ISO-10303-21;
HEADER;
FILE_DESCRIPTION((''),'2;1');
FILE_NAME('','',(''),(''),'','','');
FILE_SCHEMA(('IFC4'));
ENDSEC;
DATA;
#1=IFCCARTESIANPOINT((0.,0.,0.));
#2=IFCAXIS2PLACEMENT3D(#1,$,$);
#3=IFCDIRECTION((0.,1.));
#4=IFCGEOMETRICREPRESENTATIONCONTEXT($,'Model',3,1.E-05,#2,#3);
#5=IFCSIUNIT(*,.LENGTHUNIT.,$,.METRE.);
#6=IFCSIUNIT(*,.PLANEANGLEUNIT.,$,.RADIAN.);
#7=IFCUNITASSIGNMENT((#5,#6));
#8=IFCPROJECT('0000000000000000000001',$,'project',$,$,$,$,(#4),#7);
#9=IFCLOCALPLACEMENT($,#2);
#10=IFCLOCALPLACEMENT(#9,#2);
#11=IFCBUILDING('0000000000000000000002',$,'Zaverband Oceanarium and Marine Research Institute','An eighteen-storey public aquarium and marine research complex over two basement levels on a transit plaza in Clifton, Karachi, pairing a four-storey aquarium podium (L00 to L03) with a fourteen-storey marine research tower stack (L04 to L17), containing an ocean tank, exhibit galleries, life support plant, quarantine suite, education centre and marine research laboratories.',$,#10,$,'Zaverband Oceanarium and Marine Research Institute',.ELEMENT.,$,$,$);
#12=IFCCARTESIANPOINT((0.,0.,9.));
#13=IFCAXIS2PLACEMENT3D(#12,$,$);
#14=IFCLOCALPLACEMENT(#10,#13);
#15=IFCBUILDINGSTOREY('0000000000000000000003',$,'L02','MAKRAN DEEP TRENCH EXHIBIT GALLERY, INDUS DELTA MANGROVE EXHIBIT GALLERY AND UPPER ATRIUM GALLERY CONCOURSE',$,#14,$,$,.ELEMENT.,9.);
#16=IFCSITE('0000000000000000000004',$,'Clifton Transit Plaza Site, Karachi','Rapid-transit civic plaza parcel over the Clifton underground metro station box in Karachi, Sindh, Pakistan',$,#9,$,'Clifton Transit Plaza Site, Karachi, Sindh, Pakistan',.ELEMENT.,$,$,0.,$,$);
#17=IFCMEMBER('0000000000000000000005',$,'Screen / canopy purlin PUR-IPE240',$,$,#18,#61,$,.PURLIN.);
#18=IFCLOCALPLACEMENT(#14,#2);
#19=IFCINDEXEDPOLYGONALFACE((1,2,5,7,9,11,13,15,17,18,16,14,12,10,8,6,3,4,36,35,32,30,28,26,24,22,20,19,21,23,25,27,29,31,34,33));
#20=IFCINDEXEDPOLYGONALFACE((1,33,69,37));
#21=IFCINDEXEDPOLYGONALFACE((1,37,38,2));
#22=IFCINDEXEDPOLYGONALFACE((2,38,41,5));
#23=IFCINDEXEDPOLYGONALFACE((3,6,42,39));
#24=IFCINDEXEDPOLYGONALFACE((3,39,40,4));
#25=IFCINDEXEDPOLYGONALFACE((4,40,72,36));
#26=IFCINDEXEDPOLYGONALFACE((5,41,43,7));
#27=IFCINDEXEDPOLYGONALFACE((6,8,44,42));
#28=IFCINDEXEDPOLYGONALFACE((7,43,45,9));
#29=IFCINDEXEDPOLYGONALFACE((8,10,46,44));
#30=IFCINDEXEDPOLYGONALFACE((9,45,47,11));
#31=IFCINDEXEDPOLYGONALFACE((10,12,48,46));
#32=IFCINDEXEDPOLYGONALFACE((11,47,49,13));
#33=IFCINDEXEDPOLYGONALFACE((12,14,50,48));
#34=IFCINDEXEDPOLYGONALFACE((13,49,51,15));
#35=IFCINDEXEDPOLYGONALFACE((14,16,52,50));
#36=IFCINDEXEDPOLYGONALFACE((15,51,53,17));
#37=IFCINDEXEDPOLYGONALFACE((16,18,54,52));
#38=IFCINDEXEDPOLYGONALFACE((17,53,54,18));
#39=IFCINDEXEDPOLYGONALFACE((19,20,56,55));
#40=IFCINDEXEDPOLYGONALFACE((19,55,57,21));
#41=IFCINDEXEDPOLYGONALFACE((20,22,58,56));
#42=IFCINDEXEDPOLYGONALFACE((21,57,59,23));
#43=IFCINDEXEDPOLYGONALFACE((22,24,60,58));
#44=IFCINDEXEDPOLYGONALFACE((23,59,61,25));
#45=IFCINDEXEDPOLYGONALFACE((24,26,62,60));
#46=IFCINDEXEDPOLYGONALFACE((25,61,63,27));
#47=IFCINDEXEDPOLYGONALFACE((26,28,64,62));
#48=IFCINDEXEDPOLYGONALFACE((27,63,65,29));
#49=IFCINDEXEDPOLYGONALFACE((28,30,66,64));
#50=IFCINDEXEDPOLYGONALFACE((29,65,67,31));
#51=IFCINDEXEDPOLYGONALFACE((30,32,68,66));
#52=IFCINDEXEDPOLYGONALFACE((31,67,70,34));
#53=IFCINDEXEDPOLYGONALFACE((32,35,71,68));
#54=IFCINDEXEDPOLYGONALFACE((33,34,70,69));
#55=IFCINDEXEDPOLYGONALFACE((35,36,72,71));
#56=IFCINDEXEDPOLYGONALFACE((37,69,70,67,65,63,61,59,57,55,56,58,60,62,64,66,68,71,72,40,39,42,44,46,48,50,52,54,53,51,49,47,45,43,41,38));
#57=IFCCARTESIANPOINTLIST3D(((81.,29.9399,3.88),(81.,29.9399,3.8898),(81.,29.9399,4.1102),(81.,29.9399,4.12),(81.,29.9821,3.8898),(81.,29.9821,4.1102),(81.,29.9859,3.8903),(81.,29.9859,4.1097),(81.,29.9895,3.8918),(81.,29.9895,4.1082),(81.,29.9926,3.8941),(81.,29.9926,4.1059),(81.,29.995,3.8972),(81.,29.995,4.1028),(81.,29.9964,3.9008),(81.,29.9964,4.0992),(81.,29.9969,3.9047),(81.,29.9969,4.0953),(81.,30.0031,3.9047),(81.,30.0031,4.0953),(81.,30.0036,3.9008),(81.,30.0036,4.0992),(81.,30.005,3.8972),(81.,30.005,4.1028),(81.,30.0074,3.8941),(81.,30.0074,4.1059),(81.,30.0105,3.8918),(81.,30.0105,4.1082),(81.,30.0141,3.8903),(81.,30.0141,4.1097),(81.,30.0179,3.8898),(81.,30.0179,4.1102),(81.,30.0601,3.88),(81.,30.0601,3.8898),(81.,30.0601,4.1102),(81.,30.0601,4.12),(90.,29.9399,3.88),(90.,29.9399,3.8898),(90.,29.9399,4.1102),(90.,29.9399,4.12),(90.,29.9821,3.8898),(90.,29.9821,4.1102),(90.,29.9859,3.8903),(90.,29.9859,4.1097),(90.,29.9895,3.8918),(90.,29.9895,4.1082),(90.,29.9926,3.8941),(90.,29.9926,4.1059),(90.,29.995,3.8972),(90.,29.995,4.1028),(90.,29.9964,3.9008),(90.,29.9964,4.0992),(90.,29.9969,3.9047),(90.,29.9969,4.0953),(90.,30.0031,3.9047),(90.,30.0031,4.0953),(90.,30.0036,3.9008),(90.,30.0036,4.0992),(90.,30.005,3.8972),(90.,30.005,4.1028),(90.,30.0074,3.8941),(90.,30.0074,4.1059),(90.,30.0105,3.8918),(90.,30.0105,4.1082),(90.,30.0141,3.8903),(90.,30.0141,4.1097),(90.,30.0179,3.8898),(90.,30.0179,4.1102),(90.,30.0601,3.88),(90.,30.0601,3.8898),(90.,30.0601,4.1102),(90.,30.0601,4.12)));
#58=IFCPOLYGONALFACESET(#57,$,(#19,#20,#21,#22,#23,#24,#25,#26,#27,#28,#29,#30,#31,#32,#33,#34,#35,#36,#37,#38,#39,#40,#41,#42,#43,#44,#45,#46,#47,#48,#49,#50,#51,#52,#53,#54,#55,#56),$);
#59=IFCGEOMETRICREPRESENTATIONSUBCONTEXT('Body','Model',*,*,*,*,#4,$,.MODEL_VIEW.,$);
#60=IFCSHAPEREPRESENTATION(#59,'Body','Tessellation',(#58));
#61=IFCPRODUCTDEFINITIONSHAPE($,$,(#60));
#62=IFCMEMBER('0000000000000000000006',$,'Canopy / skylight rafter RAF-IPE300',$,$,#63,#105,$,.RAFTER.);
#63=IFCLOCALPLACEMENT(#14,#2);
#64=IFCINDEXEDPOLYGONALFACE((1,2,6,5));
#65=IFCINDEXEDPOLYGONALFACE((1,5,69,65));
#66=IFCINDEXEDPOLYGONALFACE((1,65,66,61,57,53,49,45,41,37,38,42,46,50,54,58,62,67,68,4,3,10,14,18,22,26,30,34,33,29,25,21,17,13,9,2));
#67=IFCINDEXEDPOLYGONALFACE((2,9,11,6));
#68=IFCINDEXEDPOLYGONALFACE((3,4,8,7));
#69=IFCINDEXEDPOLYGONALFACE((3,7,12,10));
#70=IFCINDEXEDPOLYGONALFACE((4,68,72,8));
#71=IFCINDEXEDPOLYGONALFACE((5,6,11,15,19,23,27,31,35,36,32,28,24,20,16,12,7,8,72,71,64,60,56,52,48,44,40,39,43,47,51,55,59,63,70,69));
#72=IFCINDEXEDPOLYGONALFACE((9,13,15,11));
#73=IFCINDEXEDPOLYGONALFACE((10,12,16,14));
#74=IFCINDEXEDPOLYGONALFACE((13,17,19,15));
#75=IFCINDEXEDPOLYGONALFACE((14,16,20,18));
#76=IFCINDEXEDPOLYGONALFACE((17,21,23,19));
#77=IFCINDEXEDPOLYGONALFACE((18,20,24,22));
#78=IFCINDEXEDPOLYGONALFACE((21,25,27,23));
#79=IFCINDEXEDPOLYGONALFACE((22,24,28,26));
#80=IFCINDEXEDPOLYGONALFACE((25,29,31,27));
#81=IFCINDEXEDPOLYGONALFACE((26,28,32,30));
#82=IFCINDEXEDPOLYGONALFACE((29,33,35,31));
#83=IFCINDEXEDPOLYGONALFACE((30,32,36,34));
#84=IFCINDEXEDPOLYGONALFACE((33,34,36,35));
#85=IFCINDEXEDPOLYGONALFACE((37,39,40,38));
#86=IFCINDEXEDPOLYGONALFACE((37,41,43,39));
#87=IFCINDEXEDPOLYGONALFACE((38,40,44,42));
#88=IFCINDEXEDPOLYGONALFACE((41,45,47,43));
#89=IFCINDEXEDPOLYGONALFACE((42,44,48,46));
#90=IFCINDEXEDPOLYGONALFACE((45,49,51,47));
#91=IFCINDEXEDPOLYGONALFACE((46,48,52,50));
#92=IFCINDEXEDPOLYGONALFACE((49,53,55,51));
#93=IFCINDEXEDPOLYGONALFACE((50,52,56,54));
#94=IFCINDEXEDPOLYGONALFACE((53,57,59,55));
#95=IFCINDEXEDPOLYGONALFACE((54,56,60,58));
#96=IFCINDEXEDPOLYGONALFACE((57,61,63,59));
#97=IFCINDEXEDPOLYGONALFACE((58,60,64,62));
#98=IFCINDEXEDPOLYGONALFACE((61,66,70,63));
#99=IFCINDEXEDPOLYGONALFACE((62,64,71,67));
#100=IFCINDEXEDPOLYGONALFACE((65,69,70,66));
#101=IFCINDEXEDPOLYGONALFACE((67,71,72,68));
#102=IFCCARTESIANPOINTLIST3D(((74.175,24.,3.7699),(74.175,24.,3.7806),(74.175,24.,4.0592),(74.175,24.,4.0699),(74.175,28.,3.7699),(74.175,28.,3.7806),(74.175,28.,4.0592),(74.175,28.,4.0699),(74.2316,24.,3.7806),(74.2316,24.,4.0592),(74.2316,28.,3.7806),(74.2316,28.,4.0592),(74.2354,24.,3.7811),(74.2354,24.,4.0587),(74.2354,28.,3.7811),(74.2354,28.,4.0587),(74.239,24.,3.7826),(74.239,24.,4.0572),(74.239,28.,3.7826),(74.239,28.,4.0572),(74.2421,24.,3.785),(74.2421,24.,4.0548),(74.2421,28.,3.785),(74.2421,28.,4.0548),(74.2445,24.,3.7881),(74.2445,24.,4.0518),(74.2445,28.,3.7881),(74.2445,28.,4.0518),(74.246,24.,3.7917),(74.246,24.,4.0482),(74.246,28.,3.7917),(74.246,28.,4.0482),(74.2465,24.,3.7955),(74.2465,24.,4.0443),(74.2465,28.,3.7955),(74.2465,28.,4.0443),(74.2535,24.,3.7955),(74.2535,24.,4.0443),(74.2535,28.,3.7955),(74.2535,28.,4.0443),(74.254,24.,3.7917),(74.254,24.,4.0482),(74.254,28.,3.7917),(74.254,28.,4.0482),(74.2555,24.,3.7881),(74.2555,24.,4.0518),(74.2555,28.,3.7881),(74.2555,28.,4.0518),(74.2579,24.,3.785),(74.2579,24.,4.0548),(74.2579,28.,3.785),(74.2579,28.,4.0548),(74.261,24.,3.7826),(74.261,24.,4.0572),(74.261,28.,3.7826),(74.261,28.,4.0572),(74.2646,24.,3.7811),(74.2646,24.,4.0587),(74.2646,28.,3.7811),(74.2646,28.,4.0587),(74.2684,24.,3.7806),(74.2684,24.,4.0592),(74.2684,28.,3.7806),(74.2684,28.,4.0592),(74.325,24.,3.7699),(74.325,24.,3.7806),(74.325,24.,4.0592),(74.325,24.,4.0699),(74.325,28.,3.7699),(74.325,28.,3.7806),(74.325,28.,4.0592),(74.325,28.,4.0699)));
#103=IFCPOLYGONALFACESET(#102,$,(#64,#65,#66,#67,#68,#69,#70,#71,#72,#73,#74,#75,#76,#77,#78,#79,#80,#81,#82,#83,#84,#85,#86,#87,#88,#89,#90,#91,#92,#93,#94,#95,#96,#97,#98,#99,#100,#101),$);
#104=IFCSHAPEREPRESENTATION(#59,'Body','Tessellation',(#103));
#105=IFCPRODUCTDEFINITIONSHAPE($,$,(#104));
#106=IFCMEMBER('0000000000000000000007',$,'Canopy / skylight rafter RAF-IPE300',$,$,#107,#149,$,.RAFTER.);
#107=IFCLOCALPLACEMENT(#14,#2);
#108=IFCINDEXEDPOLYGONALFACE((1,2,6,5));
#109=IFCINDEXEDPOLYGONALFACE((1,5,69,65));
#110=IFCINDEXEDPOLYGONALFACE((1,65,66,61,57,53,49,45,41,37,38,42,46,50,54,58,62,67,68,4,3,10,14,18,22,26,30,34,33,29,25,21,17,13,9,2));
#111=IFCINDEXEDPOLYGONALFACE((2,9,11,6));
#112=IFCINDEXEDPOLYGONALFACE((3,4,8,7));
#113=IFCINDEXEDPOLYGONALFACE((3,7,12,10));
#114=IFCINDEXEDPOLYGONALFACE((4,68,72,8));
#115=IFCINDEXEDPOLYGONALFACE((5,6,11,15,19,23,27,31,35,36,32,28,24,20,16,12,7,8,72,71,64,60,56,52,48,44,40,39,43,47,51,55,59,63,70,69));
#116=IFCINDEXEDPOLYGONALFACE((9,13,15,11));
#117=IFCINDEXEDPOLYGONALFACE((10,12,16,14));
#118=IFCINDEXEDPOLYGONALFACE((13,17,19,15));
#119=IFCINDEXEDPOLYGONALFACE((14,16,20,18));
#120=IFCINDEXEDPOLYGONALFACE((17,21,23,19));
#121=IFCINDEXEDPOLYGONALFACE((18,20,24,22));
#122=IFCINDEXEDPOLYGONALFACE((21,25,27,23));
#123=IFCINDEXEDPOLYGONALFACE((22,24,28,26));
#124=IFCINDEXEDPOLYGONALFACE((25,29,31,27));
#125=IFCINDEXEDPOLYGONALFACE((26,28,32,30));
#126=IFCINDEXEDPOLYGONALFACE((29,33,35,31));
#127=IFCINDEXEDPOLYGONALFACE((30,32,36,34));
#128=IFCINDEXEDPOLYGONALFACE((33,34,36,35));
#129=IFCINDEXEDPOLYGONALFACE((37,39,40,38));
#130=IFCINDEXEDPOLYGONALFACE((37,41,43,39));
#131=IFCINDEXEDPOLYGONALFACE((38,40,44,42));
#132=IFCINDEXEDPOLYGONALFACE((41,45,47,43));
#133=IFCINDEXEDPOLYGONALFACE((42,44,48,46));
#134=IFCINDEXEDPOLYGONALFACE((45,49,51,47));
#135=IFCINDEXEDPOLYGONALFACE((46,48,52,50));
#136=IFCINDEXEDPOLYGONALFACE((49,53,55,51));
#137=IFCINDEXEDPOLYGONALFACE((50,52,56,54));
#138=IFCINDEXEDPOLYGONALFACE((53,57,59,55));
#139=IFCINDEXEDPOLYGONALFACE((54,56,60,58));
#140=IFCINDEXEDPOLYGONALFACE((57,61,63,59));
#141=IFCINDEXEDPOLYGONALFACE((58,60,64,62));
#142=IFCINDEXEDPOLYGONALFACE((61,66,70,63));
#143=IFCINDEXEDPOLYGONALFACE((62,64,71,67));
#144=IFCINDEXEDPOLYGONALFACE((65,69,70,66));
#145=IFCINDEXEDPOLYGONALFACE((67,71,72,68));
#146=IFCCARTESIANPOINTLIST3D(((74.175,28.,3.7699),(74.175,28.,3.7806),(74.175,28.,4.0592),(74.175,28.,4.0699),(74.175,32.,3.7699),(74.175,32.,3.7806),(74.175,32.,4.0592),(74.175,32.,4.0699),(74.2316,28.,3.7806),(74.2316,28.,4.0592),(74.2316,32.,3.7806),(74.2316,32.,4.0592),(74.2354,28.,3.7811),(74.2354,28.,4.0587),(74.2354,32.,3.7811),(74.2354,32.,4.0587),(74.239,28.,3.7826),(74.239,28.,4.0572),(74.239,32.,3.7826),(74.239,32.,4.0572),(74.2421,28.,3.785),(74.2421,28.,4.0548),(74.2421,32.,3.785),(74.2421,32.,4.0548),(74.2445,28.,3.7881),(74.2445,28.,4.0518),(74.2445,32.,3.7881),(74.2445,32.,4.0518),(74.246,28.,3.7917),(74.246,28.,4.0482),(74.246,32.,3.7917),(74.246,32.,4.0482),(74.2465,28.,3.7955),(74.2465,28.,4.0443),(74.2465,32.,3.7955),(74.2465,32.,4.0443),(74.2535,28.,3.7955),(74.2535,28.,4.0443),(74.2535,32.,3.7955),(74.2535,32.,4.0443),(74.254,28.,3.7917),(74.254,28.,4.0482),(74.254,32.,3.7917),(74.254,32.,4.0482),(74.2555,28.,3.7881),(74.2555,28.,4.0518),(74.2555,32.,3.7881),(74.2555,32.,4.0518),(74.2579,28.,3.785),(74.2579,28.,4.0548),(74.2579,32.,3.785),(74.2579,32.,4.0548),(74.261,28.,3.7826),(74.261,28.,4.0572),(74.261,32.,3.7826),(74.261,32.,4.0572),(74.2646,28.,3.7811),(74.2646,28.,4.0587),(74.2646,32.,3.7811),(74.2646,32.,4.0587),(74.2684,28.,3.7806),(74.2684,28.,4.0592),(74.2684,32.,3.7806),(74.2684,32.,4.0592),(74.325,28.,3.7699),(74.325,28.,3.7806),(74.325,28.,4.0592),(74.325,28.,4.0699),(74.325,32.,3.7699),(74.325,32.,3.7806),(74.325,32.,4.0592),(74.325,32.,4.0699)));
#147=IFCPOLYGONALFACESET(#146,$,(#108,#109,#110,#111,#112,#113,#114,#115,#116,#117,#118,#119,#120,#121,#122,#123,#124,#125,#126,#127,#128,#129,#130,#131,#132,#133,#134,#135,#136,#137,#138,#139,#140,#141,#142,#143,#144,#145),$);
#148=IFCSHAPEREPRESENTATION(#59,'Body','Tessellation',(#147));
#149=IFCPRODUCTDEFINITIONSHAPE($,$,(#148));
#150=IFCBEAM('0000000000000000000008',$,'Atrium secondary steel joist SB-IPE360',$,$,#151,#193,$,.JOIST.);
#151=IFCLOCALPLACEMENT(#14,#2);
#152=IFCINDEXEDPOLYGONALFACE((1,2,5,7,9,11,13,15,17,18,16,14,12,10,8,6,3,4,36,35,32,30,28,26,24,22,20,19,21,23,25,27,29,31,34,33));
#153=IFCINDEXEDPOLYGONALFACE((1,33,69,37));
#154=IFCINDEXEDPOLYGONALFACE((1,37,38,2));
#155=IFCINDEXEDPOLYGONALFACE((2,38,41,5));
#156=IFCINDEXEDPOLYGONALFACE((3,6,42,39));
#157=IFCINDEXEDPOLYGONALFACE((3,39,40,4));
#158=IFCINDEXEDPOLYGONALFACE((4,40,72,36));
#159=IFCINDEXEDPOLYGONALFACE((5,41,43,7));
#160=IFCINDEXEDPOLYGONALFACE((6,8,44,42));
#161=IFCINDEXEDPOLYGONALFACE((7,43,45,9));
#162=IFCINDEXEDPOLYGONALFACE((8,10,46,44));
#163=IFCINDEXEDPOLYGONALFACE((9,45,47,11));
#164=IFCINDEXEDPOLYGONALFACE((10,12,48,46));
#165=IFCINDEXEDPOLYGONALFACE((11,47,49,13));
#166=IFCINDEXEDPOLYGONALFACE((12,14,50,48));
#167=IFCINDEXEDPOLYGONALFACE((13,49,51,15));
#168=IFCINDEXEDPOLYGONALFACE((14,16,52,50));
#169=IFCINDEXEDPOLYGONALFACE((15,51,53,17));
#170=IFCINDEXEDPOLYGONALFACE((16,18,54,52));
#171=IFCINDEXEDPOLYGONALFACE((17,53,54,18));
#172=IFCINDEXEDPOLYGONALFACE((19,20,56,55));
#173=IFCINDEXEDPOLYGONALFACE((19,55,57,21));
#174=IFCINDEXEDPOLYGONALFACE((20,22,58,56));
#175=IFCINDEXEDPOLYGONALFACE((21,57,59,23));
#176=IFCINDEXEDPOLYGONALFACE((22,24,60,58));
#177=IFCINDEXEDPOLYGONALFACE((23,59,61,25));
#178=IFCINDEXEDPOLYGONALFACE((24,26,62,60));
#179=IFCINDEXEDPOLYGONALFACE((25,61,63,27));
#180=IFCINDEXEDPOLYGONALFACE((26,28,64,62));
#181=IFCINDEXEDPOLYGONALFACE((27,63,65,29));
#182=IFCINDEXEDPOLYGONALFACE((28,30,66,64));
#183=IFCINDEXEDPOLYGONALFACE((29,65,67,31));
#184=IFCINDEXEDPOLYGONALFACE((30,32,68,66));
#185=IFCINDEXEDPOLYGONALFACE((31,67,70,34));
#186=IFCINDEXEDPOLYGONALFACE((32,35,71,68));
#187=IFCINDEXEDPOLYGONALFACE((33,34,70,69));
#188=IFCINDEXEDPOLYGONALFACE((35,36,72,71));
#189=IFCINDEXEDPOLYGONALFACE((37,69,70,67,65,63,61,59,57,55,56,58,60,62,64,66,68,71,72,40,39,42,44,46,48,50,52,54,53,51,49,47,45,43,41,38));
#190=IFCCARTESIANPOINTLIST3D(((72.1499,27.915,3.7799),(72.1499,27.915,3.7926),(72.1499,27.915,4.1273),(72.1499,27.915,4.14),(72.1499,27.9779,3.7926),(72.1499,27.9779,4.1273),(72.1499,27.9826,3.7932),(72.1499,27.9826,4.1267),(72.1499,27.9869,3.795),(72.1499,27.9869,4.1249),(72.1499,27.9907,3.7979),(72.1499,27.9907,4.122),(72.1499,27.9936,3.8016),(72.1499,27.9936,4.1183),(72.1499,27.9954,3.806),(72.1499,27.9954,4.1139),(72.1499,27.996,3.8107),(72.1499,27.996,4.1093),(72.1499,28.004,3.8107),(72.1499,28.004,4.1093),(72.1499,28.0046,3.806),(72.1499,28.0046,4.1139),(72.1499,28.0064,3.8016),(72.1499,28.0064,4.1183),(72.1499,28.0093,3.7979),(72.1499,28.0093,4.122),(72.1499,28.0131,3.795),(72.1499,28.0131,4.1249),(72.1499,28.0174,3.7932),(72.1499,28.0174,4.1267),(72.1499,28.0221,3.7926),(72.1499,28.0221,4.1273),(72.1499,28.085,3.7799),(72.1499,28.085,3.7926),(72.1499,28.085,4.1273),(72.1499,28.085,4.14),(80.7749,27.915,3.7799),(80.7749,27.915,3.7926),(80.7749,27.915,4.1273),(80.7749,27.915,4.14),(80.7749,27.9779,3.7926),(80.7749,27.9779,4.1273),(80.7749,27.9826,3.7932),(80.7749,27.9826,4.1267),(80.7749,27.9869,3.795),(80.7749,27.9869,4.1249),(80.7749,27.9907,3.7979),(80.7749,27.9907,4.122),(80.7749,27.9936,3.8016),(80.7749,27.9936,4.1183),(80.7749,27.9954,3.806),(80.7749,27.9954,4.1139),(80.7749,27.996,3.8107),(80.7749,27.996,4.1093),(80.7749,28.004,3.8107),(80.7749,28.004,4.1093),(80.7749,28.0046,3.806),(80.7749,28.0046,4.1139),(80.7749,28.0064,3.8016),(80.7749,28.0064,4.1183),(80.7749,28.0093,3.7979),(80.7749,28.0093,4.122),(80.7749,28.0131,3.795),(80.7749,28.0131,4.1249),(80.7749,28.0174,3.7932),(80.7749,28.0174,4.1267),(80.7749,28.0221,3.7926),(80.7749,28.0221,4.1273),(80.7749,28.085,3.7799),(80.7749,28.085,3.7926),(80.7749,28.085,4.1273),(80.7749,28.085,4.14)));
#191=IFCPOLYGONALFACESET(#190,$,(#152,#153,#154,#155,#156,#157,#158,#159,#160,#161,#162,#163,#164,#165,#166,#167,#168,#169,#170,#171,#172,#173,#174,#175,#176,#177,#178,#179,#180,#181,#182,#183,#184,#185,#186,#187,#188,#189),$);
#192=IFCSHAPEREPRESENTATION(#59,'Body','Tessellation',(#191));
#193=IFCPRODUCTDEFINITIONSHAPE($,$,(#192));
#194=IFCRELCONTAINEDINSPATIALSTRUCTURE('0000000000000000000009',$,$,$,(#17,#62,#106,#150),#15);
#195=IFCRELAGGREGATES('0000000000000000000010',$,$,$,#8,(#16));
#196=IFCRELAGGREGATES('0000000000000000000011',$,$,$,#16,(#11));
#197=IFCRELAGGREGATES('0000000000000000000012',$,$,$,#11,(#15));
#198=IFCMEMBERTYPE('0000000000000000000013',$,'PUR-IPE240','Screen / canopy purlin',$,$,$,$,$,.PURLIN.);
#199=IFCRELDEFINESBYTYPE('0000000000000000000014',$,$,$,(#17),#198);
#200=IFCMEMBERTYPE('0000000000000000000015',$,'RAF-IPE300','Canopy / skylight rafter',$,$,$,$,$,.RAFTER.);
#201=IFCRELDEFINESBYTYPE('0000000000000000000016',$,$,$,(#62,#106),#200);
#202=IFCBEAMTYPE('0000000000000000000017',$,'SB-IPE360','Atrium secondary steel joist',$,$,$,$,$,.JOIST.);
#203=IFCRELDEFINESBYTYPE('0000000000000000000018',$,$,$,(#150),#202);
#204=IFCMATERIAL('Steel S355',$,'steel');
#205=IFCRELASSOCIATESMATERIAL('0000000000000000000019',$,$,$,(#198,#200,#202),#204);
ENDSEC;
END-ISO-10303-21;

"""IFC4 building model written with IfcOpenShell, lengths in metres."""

from ifc_helpers import new_model, si_unit, direction, frame, origin, origin_2d, place, context, subcontext, project, spatial, i_section, extrude, material, material_profile, profile_set, type_object, element, save


model = new_model("IFC4")

# Units and contexts
model_context = context("Model", 3, precision=1e-05, world=origin(), true_north=direction((0.0, 1.0)))
body_context = subcontext(model_context, "Body", "Model", "MODEL_VIEW")
ifc_project = project(units=[si_unit("LENGTHUNIT", "METRE"), si_unit("PLANEANGLEUNIT", "RADIAN")], contexts=[model_context])

# Site, building, storey
site_placement = place(None, origin())
site = spatial("IfcSite", under=ifc_project, at=site_placement, Name="Clifton Transit Plaza Site, Karachi", Description="Rapid-transit civic plaza parcel over the Clifton underground metro station box in Karachi, Sindh, Pakistan", LongName="Clifton Transit Plaza Site, Karachi, Sindh, Pakistan", CompositionType="ELEMENT", RefElevation=0.0)
building_placement = place(site_placement, origin())
building = spatial("IfcBuilding", under=site, at=building_placement, Name="Zaverband Oceanarium and Marine Research Institute", Description="An eighteen-storey public aquarium and marine research complex over two basement levels on a transit plaza in Clifton, Karachi, pairing a four-storey aquarium podium (L00 to L03) with a fourteen-storey marine research tower stack (L04 to L17), containing an ocean tank, exhibit galleries, life support plant, quarantine suite, education centre and marine research laboratories.", LongName="Zaverband Oceanarium and Marine Research Institute", CompositionType="ELEMENT")
storey_placement = place(building_placement, frame((0.0, 0.0, 9.0)))
storey = spatial("IfcBuildingStorey", under=building, at=storey_placement, Name="L02", Description="MAKRAN DEEP TRENCH EXHIBIT GALLERY, INDUS DELTA MANGROVE EXHIBIT GALLERY AND UPPER ATRIUM GALLERY CONCOURSE", CompositionType="ELEMENT", Elevation=9.0)

# Shared definitions
ifc_material_1 = material(Name="Steel S355", Category="steel")

# Members
ifc_material_profile_1 = material_profile(ifc_material_1, i_section(OverallWidth=0.1201, OverallDepth=0.24, WebThickness=0.0061, FlangeThickness=0.0098, FilletRadius=0.0149, at=origin_2d()), Name="IPE240")
ifc_profile_set_1 = profile_set([ifc_material_profile_1], Name="Steel S355")
member_type_1 = type_object("IfcMemberType", Name="PUR-IPE240", Description="Screen / canopy purlin", PredefinedType="PURLIN", material=ifc_profile_set_1)
for number, where, z_axis, x_axis, name in (
    (1, (81.0, 30.0, 4.0), (1.0, 0.0, 0.0), (0.0, 1.0, 0.0), "Screen / canopy purlin PUR-IPE240"),
):
    element("IfcMember", number, at=place(storey_placement, frame(where, z_axis=z_axis, x_axis=x_axis)), inside=storey, type_object=member_type_1, Name=name, PredefinedType="PURLIN", context=body_context, shape_type="SweptSolid", body=[
        extrude(i_section(OverallWidth=0.1201, OverallDepth=0.24, WebThickness=0.0061, FlangeThickness=0.0098, FilletRadius=0.0149, at=origin_2d()), origin(), (0.0, 0.0, 1.0), 9.0),
    ])
ifc_material_profile_2 = material_profile(ifc_material_1, i_section(OverallWidth=0.1499, OverallDepth=0.3, WebThickness=0.0071, FlangeThickness=0.0107, FilletRadius=0.0149, at=origin_2d()), Name="IPE300")
ifc_profile_set_2 = profile_set([ifc_material_profile_2], Name="Steel S355")
member_type_2 = type_object("IfcMemberType", Name="RAF-IPE300", Description="Canopy / skylight rafter", PredefinedType="RAFTER", material=ifc_profile_set_2)
for number, where, z_axis, x_axis, name in (
    (2, (74.25, 24.0, 3.9199), (0.0, 1.0, 0.0), (-1.0, 0.0, 0.0), "Canopy / skylight rafter RAF-IPE300"),
    (3, (74.25, 28.0, 3.9199), (0.0, 1.0, 0.0), (-1.0, 0.0, 0.0), "Canopy / skylight rafter RAF-IPE300"),
):
    element("IfcMember", number, at=place(storey_placement, frame(where, z_axis=z_axis, x_axis=x_axis)), inside=storey, type_object=member_type_2, Name=name, PredefinedType="RAFTER", context=body_context, shape_type="SweptSolid", body=[
        extrude(i_section(OverallWidth=0.1499, OverallDepth=0.3, WebThickness=0.0071, FlangeThickness=0.0107, FilletRadius=0.0149, at=origin_2d()), origin(), (0.0, 0.0, 1.0), 4.0),
    ])

# Beam
ifc_material_profile_3 = material_profile(ifc_material_1, i_section(OverallWidth=0.1699, OverallDepth=0.3601, WebThickness=0.0081, FlangeThickness=0.0127, FilletRadius=0.0181, at=origin_2d()), Name="IPE360")
ifc_profile_set_3 = profile_set([ifc_material_profile_3], Name="Steel S355")
beam_type_1 = type_object("IfcBeamType", Name="SB-IPE360", Description="Atrium secondary steel joist", PredefinedType="JOIST", material=ifc_profile_set_3)
beam_1_placement = place(storey_placement, frame((72.1499, 28.0, 3.96), z_axis=(1.0, 0.0, 0.0), x_axis=(0.0, 1.0, 0.0)))
element("IfcBeam", 4, at=beam_1_placement, inside=storey, type_object=beam_type_1, Name="Atrium secondary steel joist SB-IPE360", PredefinedType="JOIST", context=body_context, shape_type="SweptSolid", body=[
    extrude(i_section(OverallWidth=0.1699, OverallDepth=0.3601, WebThickness=0.0081, FlangeThickness=0.0127, FilletRadius=0.0181, at=origin_2d()), origin(), (0.0, 0.0, 1.0), 8.625),
])

save(model, "model.ifc")
